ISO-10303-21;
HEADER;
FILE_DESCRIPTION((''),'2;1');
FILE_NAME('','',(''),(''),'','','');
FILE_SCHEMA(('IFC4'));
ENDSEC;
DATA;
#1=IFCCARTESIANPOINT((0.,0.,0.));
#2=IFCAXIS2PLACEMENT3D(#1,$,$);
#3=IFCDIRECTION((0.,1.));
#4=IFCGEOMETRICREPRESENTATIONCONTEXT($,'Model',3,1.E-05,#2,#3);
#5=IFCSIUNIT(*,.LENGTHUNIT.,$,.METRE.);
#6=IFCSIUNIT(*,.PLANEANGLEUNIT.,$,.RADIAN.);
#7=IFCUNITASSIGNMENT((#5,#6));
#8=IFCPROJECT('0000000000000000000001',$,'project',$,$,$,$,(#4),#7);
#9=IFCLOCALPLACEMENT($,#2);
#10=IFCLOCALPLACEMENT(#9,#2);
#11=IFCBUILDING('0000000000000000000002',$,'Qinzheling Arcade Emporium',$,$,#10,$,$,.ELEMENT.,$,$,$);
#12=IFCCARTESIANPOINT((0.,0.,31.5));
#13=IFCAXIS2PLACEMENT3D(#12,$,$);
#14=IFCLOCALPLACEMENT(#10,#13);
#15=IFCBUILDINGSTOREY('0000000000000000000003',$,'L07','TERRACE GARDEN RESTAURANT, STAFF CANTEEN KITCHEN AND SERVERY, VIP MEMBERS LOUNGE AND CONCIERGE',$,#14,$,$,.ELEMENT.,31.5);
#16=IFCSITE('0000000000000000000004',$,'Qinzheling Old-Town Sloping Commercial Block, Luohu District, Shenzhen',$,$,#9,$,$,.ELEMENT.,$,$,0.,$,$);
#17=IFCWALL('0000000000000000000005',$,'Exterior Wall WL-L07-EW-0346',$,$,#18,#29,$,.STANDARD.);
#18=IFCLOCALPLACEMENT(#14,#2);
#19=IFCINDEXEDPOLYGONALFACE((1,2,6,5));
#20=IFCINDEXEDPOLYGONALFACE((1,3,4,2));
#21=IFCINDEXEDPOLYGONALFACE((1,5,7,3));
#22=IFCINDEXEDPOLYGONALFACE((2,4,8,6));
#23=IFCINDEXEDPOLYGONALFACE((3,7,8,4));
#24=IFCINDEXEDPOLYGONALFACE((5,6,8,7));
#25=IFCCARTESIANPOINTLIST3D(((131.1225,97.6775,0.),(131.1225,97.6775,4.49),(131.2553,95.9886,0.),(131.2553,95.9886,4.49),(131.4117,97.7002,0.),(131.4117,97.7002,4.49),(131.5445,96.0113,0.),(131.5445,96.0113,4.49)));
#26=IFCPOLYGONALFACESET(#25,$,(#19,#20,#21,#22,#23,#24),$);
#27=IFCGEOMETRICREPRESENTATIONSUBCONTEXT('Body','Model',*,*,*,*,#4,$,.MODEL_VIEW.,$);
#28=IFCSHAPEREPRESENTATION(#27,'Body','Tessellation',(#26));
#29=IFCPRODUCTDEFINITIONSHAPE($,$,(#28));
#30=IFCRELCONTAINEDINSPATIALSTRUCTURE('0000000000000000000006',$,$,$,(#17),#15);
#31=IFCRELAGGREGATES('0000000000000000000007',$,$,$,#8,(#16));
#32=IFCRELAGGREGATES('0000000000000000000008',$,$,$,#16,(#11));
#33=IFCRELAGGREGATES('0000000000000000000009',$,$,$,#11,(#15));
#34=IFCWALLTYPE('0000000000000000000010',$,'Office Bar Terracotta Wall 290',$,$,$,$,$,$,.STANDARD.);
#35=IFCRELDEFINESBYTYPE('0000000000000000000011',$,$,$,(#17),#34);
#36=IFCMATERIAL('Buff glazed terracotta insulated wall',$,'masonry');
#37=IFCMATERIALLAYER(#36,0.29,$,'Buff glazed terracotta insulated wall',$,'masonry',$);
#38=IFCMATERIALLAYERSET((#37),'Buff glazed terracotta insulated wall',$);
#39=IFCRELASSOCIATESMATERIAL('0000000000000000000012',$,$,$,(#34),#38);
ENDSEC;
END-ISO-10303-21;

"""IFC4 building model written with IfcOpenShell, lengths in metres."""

from ifc_helpers import new_model, si_unit, direction, frame, frame_2d, origin, place, context, subcontext, project, spatial, rectangle, extrude, material, layer, layer_set, type_object, element, save


model = new_model("IFC4")

# Units and contexts
model_context = context("Model", 3, precision=1e-05, world=origin(), true_north=direction((0.0, 1.0)))
body_context = subcontext(model_context, "Body", "Model", "MODEL_VIEW")
ifc_project = project(units=[si_unit("LENGTHUNIT", "METRE"), si_unit("PLANEANGLEUNIT", "RADIAN")], contexts=[model_context])

# Site, building, storey
site_placement = place(None, origin())
site = spatial("IfcSite", under=ifc_project, at=site_placement, Name="Qinzheling Old-Town Sloping Commercial Block, Luohu District, Shenzhen", CompositionType="ELEMENT", RefElevation=0.0)
building_placement = place(site_placement, origin())
building = spatial("IfcBuilding", under=site, at=building_placement, Name="Qinzheling Arcade Emporium", CompositionType="ELEMENT")
storey_placement = place(building_placement, frame((0.0, 0.0, 31.5)))
storey = spatial("IfcBuildingStorey", under=building, at=storey_placement, Name="L07", Description="TERRACE GARDEN RESTAURANT, STAFF CANTEEN KITCHEN AND SERVERY, VIP MEMBERS LOUNGE AND CONCIERGE", CompositionType="ELEMENT", Elevation=31.5)

# Wall
ifc_material_1 = material(Name="Buff glazed terracotta insulated wall", Category="masonry")
ifc_layer_1 = layer(ifc_material_1, 0.29, Name="Buff glazed terracotta insulated wall", Category="masonry")
ifc_layer_set_1 = layer_set([ifc_layer_1], Name="Buff glazed terracotta insulated wall")
wall_type = type_object("IfcWallType", Name="Office Bar Terracotta Wall 290", PredefinedType="STANDARD", material=ifc_layer_set_1)
wall_placement = place(storey_placement, frame((131.2671, 97.689, 0.0), z_axis=(0.0, 0.0, 1.0), x_axis=(0.078393, -0.996922, 0.0)))
element("IfcWall", 1, at=wall_placement, inside=storey, type_object=wall_type, Name="Exterior Wall WL-L07-EW-0346", PredefinedType="STANDARD", context=body_context, shape_type="SweptSolid", body=[
    extrude(rectangle(XDim=1.6941, YDim=0.29, at=frame_2d((0.8472, 0.0))), origin(), (0.0, 0.0, 1.0), 4.49),
])

save(model, "model.ifc")
